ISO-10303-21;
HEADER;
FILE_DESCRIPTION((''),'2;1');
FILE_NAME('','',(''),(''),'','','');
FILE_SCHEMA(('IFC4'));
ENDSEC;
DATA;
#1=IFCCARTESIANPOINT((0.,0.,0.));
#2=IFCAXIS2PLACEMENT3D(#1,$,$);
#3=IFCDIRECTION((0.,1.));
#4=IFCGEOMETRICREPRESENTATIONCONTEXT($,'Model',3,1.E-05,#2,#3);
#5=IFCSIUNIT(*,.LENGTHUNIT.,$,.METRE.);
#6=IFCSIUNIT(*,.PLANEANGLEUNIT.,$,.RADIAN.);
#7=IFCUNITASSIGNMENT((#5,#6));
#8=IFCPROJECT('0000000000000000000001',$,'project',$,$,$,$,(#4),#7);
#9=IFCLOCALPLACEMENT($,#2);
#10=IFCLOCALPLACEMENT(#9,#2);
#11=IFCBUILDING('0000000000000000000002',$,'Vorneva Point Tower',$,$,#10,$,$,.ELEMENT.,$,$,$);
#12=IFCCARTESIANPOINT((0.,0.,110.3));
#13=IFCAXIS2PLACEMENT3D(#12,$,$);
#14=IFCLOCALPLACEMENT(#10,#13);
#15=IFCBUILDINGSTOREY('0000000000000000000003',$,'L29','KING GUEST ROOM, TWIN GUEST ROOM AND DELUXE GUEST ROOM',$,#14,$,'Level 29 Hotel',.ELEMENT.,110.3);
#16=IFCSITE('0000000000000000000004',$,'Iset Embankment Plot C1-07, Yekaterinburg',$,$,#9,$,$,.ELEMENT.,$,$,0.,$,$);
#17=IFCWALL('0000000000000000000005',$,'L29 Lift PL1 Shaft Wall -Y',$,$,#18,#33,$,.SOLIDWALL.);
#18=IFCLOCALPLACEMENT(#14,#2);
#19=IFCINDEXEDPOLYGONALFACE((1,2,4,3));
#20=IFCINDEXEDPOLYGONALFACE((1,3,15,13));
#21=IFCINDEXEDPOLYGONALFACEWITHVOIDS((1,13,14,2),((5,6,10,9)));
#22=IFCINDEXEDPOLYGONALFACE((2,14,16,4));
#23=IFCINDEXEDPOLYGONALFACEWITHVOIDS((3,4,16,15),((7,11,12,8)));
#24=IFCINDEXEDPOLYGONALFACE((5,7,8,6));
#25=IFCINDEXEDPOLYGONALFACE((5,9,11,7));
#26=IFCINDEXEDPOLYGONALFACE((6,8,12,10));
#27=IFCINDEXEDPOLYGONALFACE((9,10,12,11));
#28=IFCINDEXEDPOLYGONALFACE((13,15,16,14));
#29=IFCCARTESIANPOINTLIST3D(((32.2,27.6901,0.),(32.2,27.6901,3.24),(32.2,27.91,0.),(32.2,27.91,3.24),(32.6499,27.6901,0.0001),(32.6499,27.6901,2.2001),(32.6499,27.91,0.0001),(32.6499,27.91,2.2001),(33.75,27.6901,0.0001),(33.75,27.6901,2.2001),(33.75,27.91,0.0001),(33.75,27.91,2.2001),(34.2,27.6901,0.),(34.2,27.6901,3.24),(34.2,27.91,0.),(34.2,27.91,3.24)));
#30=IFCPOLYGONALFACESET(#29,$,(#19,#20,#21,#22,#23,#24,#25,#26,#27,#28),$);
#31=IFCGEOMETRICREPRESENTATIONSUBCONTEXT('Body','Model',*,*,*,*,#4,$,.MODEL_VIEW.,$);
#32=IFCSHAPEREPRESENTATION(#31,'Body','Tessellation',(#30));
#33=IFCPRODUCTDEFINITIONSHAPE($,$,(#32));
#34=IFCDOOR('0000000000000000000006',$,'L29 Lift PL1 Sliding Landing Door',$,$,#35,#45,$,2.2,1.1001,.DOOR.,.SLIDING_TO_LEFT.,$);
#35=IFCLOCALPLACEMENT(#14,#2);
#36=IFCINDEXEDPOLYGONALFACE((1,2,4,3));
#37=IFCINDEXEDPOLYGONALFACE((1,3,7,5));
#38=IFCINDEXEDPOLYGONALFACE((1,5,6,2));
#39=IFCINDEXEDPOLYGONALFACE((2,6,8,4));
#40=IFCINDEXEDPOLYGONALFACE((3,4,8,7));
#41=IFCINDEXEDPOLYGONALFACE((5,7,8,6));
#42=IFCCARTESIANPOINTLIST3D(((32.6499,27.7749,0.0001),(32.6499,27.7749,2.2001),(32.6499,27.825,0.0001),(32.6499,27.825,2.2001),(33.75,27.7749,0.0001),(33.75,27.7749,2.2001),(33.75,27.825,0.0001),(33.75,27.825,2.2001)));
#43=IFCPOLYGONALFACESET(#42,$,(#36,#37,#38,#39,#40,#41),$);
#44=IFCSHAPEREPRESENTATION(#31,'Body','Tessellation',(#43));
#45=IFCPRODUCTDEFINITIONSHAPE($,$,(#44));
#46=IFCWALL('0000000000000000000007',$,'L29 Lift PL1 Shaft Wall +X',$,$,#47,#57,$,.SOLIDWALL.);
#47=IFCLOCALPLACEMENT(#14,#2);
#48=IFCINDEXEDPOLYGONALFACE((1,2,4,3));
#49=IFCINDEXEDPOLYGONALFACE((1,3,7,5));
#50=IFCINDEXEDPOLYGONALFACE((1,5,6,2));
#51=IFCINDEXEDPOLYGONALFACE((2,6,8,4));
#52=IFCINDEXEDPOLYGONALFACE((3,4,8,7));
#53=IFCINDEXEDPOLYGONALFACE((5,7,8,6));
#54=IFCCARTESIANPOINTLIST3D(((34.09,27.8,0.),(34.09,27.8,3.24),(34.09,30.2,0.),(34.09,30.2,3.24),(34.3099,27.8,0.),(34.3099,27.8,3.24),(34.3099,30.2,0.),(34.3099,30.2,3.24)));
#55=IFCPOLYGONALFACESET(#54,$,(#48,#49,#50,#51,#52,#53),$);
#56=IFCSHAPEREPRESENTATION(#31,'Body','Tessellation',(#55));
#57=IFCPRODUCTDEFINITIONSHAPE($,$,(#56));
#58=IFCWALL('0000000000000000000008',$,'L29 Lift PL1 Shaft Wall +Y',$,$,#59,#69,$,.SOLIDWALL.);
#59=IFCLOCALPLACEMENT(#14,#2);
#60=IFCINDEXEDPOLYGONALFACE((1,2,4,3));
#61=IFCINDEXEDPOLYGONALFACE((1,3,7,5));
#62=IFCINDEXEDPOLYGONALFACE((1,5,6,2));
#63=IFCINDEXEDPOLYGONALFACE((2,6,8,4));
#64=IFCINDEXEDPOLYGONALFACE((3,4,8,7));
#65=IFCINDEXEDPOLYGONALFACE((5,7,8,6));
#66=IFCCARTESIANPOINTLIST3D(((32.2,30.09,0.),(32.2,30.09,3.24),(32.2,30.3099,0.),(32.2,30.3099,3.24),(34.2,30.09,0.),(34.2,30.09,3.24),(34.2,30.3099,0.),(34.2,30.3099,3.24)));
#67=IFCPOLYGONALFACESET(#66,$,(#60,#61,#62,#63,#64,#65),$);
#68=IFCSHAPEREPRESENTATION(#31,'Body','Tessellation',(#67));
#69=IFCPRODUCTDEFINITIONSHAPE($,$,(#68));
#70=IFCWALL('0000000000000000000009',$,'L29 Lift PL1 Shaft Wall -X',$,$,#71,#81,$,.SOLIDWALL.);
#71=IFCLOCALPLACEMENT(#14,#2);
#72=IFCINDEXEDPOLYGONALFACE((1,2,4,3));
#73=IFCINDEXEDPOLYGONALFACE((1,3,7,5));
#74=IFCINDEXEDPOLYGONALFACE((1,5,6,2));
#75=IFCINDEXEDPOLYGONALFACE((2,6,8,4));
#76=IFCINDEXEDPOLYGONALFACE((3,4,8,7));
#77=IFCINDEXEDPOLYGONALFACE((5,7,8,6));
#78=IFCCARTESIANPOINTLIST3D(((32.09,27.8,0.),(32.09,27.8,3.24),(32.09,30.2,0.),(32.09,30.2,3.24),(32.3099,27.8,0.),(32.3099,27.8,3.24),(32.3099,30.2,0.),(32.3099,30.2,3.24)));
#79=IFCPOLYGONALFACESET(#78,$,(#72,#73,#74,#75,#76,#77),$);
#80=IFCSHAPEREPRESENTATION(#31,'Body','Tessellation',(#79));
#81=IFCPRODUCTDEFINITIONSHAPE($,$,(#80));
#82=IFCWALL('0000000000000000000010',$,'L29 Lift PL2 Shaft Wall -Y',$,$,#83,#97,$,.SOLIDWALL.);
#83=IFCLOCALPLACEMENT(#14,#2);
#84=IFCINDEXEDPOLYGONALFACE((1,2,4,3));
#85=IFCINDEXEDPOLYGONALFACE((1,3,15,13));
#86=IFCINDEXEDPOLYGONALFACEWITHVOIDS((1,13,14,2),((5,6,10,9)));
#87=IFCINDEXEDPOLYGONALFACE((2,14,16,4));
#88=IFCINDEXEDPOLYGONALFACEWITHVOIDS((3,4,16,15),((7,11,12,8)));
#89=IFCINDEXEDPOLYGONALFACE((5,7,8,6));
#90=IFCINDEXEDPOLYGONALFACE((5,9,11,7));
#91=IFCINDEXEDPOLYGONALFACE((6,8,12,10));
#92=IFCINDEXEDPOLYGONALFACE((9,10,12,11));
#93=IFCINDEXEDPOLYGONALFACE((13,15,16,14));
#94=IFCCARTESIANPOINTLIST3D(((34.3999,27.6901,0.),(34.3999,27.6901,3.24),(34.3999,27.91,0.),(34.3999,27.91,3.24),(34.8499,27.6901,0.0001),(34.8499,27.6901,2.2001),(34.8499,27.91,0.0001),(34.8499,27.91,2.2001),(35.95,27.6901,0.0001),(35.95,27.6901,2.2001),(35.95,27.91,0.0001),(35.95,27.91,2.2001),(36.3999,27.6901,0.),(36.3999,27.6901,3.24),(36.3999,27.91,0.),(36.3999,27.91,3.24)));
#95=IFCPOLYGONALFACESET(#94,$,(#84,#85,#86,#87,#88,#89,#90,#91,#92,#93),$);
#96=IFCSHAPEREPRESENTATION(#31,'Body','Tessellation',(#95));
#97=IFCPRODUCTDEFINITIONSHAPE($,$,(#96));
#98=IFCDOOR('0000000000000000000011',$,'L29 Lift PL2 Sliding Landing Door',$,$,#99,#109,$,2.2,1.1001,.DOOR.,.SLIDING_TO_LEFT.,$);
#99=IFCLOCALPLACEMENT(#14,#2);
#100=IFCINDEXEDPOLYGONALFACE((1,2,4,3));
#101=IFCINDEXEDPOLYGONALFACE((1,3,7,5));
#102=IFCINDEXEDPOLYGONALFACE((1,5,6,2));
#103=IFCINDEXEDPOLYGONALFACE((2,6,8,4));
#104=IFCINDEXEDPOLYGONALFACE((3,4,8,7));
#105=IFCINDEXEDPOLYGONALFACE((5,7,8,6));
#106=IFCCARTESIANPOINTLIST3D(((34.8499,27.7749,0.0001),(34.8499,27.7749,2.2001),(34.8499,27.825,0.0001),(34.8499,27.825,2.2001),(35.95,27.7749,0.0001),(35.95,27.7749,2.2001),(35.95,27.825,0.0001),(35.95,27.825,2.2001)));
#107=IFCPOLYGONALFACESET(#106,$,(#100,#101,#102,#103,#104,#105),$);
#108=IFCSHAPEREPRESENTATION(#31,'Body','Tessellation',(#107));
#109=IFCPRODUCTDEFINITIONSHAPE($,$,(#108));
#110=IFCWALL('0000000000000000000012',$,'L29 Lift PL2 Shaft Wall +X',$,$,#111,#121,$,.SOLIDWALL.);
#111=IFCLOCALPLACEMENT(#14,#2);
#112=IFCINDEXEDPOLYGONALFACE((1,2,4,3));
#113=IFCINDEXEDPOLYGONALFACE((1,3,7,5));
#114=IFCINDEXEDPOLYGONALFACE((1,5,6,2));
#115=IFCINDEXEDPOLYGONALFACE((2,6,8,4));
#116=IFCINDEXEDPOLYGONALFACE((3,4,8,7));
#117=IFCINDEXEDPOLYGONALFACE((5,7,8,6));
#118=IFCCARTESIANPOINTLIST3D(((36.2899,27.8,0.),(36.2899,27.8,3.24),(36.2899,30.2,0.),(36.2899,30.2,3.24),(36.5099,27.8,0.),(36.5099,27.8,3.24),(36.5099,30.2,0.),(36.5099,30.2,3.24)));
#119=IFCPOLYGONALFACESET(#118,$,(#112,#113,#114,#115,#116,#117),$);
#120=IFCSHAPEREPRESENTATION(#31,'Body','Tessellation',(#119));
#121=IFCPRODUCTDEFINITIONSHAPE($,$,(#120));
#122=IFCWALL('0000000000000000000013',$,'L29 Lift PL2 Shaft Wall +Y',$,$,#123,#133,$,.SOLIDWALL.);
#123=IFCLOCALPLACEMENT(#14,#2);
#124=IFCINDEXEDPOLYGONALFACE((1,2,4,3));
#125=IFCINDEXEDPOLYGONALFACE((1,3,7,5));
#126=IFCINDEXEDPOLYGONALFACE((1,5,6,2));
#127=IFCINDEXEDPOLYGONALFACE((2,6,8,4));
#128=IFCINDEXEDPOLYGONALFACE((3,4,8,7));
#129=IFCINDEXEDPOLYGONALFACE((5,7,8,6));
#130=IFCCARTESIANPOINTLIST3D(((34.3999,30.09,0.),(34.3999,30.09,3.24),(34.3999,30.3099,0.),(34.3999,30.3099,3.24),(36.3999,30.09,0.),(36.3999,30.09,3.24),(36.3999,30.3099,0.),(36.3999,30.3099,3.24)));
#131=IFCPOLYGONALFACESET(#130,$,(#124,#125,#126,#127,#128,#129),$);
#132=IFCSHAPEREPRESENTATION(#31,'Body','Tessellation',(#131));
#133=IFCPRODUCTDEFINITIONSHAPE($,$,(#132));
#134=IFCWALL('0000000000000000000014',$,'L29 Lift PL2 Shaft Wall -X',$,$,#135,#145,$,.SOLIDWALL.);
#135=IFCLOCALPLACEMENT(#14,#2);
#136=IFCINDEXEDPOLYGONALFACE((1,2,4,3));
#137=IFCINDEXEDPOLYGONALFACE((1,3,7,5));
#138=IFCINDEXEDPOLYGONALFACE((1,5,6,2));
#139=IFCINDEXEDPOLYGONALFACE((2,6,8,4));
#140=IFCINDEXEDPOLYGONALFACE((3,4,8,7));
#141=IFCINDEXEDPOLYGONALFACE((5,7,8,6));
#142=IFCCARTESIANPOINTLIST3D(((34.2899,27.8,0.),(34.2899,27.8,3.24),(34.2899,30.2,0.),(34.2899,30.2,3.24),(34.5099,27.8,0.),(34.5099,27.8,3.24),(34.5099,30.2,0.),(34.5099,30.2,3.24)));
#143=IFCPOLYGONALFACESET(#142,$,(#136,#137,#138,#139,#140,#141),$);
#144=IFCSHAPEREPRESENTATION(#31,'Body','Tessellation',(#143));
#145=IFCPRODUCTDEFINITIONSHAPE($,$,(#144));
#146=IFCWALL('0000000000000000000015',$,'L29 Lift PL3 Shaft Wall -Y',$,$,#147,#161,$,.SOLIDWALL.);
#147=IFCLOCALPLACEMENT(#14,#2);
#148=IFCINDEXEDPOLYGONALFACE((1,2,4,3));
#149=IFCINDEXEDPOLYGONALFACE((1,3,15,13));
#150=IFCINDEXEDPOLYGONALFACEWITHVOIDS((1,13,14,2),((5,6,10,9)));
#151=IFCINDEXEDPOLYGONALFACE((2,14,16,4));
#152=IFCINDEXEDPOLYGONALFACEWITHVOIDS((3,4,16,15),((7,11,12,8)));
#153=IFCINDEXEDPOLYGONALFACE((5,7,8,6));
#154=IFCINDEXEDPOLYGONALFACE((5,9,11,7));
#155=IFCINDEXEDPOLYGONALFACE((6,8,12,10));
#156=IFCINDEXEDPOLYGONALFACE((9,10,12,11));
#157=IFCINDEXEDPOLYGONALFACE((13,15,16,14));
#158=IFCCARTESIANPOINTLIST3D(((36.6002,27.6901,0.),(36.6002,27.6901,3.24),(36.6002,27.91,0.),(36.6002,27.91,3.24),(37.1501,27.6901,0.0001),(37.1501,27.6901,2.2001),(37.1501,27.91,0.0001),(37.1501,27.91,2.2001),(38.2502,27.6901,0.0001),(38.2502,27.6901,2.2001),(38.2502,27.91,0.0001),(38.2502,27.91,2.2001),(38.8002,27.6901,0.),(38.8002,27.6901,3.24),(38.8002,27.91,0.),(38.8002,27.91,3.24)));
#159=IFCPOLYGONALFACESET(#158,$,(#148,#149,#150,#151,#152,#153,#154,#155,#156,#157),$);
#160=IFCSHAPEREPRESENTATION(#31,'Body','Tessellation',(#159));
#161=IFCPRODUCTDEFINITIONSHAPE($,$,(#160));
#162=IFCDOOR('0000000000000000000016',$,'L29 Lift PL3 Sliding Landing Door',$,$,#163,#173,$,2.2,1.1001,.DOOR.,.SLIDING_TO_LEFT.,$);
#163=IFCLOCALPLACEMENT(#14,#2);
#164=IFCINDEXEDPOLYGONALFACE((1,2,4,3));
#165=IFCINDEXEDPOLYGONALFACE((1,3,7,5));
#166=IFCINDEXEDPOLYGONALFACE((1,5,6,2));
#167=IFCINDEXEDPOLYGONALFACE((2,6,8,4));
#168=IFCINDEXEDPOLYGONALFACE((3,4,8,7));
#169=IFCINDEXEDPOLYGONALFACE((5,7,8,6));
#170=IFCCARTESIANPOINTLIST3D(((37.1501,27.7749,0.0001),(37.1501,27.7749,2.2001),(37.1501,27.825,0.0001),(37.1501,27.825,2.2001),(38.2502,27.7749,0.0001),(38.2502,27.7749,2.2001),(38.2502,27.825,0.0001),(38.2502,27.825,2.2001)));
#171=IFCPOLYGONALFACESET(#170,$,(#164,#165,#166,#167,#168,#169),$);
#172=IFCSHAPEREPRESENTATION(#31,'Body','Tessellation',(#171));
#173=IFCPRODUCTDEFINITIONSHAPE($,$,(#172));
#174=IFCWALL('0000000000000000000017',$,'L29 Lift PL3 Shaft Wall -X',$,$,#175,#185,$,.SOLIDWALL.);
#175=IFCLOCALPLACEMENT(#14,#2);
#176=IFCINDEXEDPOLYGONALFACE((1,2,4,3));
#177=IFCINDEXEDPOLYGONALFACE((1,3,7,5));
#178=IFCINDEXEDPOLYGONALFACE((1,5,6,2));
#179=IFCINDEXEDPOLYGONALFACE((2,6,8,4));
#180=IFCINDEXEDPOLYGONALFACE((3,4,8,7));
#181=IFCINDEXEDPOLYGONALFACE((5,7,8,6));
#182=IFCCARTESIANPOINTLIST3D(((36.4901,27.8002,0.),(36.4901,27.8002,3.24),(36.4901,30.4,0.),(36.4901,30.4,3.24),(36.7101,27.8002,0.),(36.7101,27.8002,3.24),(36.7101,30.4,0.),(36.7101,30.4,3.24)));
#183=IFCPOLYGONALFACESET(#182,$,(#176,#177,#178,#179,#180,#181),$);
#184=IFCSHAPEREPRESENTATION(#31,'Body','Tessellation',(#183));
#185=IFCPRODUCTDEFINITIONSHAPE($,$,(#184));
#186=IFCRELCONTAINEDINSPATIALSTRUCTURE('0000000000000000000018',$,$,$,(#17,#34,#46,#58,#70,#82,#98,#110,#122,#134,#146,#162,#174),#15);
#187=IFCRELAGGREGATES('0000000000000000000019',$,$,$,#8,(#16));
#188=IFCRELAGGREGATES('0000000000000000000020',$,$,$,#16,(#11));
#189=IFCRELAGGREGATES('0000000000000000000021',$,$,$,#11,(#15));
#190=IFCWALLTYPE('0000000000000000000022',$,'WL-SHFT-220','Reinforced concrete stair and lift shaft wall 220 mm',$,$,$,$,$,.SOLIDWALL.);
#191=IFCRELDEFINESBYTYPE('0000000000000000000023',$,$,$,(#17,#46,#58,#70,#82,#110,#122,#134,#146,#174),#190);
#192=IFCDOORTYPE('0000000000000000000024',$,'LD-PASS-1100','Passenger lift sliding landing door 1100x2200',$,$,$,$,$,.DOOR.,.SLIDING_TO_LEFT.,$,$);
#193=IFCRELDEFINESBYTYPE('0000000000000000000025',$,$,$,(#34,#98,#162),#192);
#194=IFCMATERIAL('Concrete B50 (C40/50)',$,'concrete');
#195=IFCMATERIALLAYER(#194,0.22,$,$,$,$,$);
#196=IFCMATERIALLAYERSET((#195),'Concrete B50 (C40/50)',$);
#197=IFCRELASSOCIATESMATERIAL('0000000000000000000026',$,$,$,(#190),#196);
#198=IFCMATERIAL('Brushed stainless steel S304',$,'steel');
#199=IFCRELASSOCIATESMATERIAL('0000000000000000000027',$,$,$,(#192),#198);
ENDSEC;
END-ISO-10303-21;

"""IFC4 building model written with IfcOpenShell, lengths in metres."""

from ifc_helpers import new_model, si_unit, direction, frame, frame_2d, origin, place, context, subcontext, project, spatial, rectangle, extrude, material, layer, layer_set, type_object, element, fill, save


model = new_model("IFC4")

# Units and contexts
model_context = context("Model", 3, precision=1e-05, world=origin(), true_north=direction((0.0, 1.0)))
body_context = subcontext(model_context, "Body", "Model", "MODEL_VIEW")
ifc_project = project(units=[si_unit("LENGTHUNIT", "METRE"), si_unit("PLANEANGLEUNIT", "RADIAN")], contexts=[model_context])

# Site, building, storey
site_placement = place(None, origin())
site = spatial("IfcSite", under=ifc_project, at=site_placement, Name="Iset Embankment Plot C1-07, Yekaterinburg", CompositionType="ELEMENT", RefElevation=0.0)
building_placement = place(site_placement, origin())
building = spatial("IfcBuilding", under=site, at=building_placement, Name="Vorneva Point Tower", CompositionType="ELEMENT")
storey_placement = place(building_placement, frame((0.0, 0.0, 110.3)))
storey = spatial("IfcBuildingStorey", under=building, at=storey_placement, Name="L29", Description="KING GUEST ROOM, TWIN GUEST ROOM AND DELUXE GUEST ROOM", LongName="Level 29 Hotel", CompositionType="ELEMENT", Elevation=110.3)

# Wall, opening, door
ifc_material_1 = material(Name="Concrete B50 (C40/50)", Category="concrete")
ifc_layer_1 = layer(ifc_material_1, 0.22)
ifc_layer_set_1 = layer_set([ifc_layer_1], Name="Concrete B50 (C40/50)")
wall_type_1 = type_object("IfcWallType", Name="WL-SHFT-220", Description="Reinforced concrete stair and lift shaft wall 220 mm", PredefinedType="SOLIDWALL", material=ifc_layer_set_1)
wall_1_placement = place(storey_placement, frame((32.2, 27.8, 0.0), z_axis=(0.0, 0.0, 1.0), x_axis=(1.0, 0.0, 0.0)))
wall_1 = element("IfcWall", 1, at=wall_1_placement, inside=storey, type_object=wall_type_1, Name="L29 Lift PL1 Shaft Wall -Y", PredefinedType="SOLIDWALL", context=body_context, shape_type="SweptSolid", body=[
    extrude(rectangle(XDim=2.0, YDim=0.22, at=frame_2d((1.0, 0.0))), origin(), (0.0, 0.0, 1.0), 3.24),
])
opening_1_placement = place(wall_1_placement, frame((0.45, 0.0, 0.0)))
opening_1 = element("IfcOpeningElement", 2, at=opening_1_placement, cuts=wall_1, PredefinedType="OPENING", context=body_context, shape_type="SweptSolid", body=[
    extrude(rectangle(XDim=1.1001, YDim=2.2, at=frame_2d((0.55, 1.1001))), frame((0.0, 0.125, 0.0), z_axis=(0.0, -1.0, 0.0), x_axis=(1.0, 0.0, 0.0)), (0.0, 0.0, 1.0), 0.2498),
])
ifc_material_2 = material(Name="Brushed stainless steel S304", Category="steel")
door_type_1 = type_object("IfcDoorType", Name="LD-PASS-1100", Description="Passenger lift sliding landing door 1100x2200", OperationType="SLIDING_TO_LEFT", PredefinedType="DOOR", material=ifc_material_2)
door_1_placement = place(opening_1_placement, origin())
door_1 = element("IfcDoor", 3, at=door_1_placement, inside=storey, type_object=door_type_1, Name="L29 Lift PL1 Sliding Landing Door", OperationType="SLIDING_TO_LEFT", OverallHeight=2.2, OverallWidth=1.1001, PredefinedType="DOOR", context=body_context, shape_type="SweptSolid", body=[
    extrude(rectangle(XDim=1.1001, YDim=2.2, at=frame_2d((0.55, 1.1001))), frame((0.0, 0.0249, 0.0), z_axis=(0.0, -1.0, 0.0), x_axis=(1.0, 0.0, 0.0)), (0.0, 0.0, 1.0), 0.05),
])
fill(opening_1, door_1)

# Walls
wall_2_placement = place(storey_placement, frame((34.2, 27.8, 0.0), z_axis=(0.0, 0.0, 1.0), x_axis=(0.0, 1.0, 0.0)))
element("IfcWall", 4, at=wall_2_placement, inside=storey, type_object=wall_type_1, Name="L29 Lift PL1 Shaft Wall +X", PredefinedType="SOLIDWALL", context=body_context, shape_type="SweptSolid", body=[
    extrude(rectangle(XDim=2.3999, YDim=0.22, at=frame_2d((1.2, 0.0))), origin(), (0.0, 0.0, 1.0), 3.24),
])
wall_3_placement = place(storey_placement, frame((34.2, 30.2, 0.0), z_axis=(0.0, 0.0, 1.0), x_axis=(-1.0, 0.0, 0.0)))
element("IfcWall", 5, at=wall_3_placement, inside=storey, type_object=wall_type_1, Name="L29 Lift PL1 Shaft Wall +Y", PredefinedType="SOLIDWALL", context=body_context, shape_type="SweptSolid", body=[
    extrude(rectangle(XDim=2.0, YDim=0.22, at=frame_2d((1.0, 0.0))), origin(), (0.0, 0.0, 1.0), 3.24),
])
wall_4_placement = place(storey_placement, frame((32.2, 30.2, 0.0), z_axis=(0.0, 0.0, 1.0), x_axis=(0.0, -1.0, 0.0)))
element("IfcWall", 6, at=wall_4_placement, inside=storey, type_object=wall_type_1, Name="L29 Lift PL1 Shaft Wall -X", PredefinedType="SOLIDWALL", context=body_context, shape_type="SweptSolid", body=[
    extrude(rectangle(XDim=2.3999, YDim=0.22, at=frame_2d((1.2, 0.0))), origin(), (0.0, 0.0, 1.0), 3.24),
])

# Wall, opening, door
wall_5_placement = place(storey_placement, frame((34.3999, 27.8, 0.0), z_axis=(0.0, 0.0, 1.0), x_axis=(1.0, 0.0, 0.0)))
wall_5 = element("IfcWall", 7, at=wall_5_placement, inside=storey, type_object=wall_type_1, Name="L29 Lift PL2 Shaft Wall -Y", PredefinedType="SOLIDWALL", context=body_context, shape_type="SweptSolid", body=[
    extrude(rectangle(XDim=2.0, YDim=0.22, at=frame_2d((1.0, 0.0))), origin(), (0.0, 0.0, 1.0), 3.24),
])
opening_2_placement = place(wall_5_placement, frame((0.45, 0.0, 0.0)))
opening_2 = element("IfcOpeningElement", 8, at=opening_2_placement, cuts=wall_5, PredefinedType="OPENING", context=body_context, shape_type="SweptSolid", body=[
    extrude(rectangle(XDim=1.1001, YDim=2.2, at=frame_2d((0.55, 1.1001))), frame((0.0, 0.125, 0.0), z_axis=(0.0, -1.0, 0.0), x_axis=(1.0, 0.0, 0.0)), (0.0, 0.0, 1.0), 0.2498),
])
door_2_placement = place(opening_2_placement, origin())
door_2 = element("IfcDoor", 9, at=door_2_placement, inside=storey, type_object=door_type_1, Name="L29 Lift PL2 Sliding Landing Door", OperationType="SLIDING_TO_LEFT", OverallHeight=2.2, OverallWidth=1.1001, PredefinedType="DOOR", context=body_context, shape_type="SweptSolid", body=[
    extrude(rectangle(XDim=1.1001, YDim=2.2, at=frame_2d((0.55, 1.1001))), frame((0.0, 0.0249, 0.0), z_axis=(0.0, -1.0, 0.0), x_axis=(1.0, 0.0, 0.0)), (0.0, 0.0, 1.0), 0.05),
])
fill(opening_2, door_2)

# Walls
wall_6_placement = place(storey_placement, frame((36.3999, 27.8, 0.0), z_axis=(0.0, 0.0, 1.0), x_axis=(0.0, 1.0, 0.0)))
element("IfcWall", 10, at=wall_6_placement, inside=storey, type_object=wall_type_1, Name="L29 Lift PL2 Shaft Wall +X", PredefinedType="SOLIDWALL", context=body_context, shape_type="SweptSolid", body=[
    extrude(rectangle(XDim=2.3999, YDim=0.22, at=frame_2d((1.2, 0.0))), origin(), (0.0, 0.0, 1.0), 3.24),
])
wall_7_placement = place(storey_placement, frame((36.3999, 30.2, 0.0), z_axis=(0.0, 0.0, 1.0), x_axis=(-1.0, 0.0, 0.0)))
element("IfcWall", 11, at=wall_7_placement, inside=storey, type_object=wall_type_1, Name="L29 Lift PL2 Shaft Wall +Y", PredefinedType="SOLIDWALL", context=body_context, shape_type="SweptSolid", body=[
    extrude(rectangle(XDim=2.0, YDim=0.22, at=frame_2d((1.0, 0.0))), origin(), (0.0, 0.0, 1.0), 3.24),
])
wall_8_placement = place(storey_placement, frame((34.3999, 30.2, 0.0), z_axis=(0.0, 0.0, 1.0), x_axis=(0.0, -1.0, 0.0)))
element("IfcWall", 12, at=wall_8_placement, inside=storey, type_object=wall_type_1, Name="L29 Lift PL2 Shaft Wall -X", PredefinedType="SOLIDWALL", context=body_context, shape_type="SweptSolid", body=[
    extrude(rectangle(XDim=2.3999, YDim=0.22, at=frame_2d((1.2, 0.0))), origin(), (0.0, 0.0, 1.0), 3.24),
])

# Wall, opening, door
wall_9_placement = place(storey_placement, frame((36.6001, 27.8, 0.0), z_axis=(0.0, 0.0, 1.0), x_axis=(1.0, 0.0, 0.0)))
wall_9 = element("IfcWall", 13, at=wall_9_placement, inside=storey, type_object=wall_type_1, Name="L29 Lift PL3 Shaft Wall -Y", PredefinedType="SOLIDWALL", context=body_context, shape_type="SweptSolid", body=[
    extrude(rectangle(XDim=2.2, YDim=0.22, at=frame_2d((1.1001, 0.0))), origin(), (0.0, 0.0, 1.0), 3.24),
])
opening_3_placement = place(wall_9_placement, frame((0.55, 0.0, 0.0)))
opening_3 = element("IfcOpeningElement", 14, at=opening_3_placement, cuts=wall_9, PredefinedType="OPENING", context=body_context, shape_type="SweptSolid", body=[
    extrude(rectangle(XDim=1.1001, YDim=2.2, at=frame_2d((0.55, 1.1001))), frame((0.0, 0.125, 0.0), z_axis=(0.0, -1.0, 0.0), x_axis=(1.0, 0.0, 0.0)), (0.0, 0.0, 1.0), 0.2498),
])
door_3_placement = place(opening_3_placement, origin())
door_3 = element("IfcDoor", 15, at=door_3_placement, inside=storey, type_object=door_type_1, Name="L29 Lift PL3 Sliding Landing Door", OperationType="SLIDING_TO_LEFT", OverallHeight=2.2, OverallWidth=1.1001, PredefinedType="DOOR", context=body_context, shape_type="SweptSolid", body=[
    extrude(rectangle(XDim=1.1001, YDim=2.2, at=frame_2d((0.55, 1.1001))), frame((0.0, 0.0249, 0.0), z_axis=(0.0, -1.0, 0.0), x_axis=(1.0, 0.0, 0.0)), (0.0, 0.0, 1.0), 0.05),
])
fill(opening_3, door_3)

# Wall
wall_10_placement = place(storey_placement, frame((36.6001, 30.3999, 0.0), z_axis=(0.0, 0.0, 1.0), x_axis=(0.0, -1.0, 0.0)))
element("IfcWall", 16, at=wall_10_placement, inside=storey, type_object=wall_type_1, Name="L29 Lift PL3 Shaft Wall -X", PredefinedType="SOLIDWALL", context=body_context, shape_type="SweptSolid", body=[
    extrude(rectangle(XDim=2.5999, YDim=0.22, at=frame_2d((1.2998, 0.0))), origin(), (0.0, 0.0, 1.0), 3.24),
])

save(model, "model.ifc")
